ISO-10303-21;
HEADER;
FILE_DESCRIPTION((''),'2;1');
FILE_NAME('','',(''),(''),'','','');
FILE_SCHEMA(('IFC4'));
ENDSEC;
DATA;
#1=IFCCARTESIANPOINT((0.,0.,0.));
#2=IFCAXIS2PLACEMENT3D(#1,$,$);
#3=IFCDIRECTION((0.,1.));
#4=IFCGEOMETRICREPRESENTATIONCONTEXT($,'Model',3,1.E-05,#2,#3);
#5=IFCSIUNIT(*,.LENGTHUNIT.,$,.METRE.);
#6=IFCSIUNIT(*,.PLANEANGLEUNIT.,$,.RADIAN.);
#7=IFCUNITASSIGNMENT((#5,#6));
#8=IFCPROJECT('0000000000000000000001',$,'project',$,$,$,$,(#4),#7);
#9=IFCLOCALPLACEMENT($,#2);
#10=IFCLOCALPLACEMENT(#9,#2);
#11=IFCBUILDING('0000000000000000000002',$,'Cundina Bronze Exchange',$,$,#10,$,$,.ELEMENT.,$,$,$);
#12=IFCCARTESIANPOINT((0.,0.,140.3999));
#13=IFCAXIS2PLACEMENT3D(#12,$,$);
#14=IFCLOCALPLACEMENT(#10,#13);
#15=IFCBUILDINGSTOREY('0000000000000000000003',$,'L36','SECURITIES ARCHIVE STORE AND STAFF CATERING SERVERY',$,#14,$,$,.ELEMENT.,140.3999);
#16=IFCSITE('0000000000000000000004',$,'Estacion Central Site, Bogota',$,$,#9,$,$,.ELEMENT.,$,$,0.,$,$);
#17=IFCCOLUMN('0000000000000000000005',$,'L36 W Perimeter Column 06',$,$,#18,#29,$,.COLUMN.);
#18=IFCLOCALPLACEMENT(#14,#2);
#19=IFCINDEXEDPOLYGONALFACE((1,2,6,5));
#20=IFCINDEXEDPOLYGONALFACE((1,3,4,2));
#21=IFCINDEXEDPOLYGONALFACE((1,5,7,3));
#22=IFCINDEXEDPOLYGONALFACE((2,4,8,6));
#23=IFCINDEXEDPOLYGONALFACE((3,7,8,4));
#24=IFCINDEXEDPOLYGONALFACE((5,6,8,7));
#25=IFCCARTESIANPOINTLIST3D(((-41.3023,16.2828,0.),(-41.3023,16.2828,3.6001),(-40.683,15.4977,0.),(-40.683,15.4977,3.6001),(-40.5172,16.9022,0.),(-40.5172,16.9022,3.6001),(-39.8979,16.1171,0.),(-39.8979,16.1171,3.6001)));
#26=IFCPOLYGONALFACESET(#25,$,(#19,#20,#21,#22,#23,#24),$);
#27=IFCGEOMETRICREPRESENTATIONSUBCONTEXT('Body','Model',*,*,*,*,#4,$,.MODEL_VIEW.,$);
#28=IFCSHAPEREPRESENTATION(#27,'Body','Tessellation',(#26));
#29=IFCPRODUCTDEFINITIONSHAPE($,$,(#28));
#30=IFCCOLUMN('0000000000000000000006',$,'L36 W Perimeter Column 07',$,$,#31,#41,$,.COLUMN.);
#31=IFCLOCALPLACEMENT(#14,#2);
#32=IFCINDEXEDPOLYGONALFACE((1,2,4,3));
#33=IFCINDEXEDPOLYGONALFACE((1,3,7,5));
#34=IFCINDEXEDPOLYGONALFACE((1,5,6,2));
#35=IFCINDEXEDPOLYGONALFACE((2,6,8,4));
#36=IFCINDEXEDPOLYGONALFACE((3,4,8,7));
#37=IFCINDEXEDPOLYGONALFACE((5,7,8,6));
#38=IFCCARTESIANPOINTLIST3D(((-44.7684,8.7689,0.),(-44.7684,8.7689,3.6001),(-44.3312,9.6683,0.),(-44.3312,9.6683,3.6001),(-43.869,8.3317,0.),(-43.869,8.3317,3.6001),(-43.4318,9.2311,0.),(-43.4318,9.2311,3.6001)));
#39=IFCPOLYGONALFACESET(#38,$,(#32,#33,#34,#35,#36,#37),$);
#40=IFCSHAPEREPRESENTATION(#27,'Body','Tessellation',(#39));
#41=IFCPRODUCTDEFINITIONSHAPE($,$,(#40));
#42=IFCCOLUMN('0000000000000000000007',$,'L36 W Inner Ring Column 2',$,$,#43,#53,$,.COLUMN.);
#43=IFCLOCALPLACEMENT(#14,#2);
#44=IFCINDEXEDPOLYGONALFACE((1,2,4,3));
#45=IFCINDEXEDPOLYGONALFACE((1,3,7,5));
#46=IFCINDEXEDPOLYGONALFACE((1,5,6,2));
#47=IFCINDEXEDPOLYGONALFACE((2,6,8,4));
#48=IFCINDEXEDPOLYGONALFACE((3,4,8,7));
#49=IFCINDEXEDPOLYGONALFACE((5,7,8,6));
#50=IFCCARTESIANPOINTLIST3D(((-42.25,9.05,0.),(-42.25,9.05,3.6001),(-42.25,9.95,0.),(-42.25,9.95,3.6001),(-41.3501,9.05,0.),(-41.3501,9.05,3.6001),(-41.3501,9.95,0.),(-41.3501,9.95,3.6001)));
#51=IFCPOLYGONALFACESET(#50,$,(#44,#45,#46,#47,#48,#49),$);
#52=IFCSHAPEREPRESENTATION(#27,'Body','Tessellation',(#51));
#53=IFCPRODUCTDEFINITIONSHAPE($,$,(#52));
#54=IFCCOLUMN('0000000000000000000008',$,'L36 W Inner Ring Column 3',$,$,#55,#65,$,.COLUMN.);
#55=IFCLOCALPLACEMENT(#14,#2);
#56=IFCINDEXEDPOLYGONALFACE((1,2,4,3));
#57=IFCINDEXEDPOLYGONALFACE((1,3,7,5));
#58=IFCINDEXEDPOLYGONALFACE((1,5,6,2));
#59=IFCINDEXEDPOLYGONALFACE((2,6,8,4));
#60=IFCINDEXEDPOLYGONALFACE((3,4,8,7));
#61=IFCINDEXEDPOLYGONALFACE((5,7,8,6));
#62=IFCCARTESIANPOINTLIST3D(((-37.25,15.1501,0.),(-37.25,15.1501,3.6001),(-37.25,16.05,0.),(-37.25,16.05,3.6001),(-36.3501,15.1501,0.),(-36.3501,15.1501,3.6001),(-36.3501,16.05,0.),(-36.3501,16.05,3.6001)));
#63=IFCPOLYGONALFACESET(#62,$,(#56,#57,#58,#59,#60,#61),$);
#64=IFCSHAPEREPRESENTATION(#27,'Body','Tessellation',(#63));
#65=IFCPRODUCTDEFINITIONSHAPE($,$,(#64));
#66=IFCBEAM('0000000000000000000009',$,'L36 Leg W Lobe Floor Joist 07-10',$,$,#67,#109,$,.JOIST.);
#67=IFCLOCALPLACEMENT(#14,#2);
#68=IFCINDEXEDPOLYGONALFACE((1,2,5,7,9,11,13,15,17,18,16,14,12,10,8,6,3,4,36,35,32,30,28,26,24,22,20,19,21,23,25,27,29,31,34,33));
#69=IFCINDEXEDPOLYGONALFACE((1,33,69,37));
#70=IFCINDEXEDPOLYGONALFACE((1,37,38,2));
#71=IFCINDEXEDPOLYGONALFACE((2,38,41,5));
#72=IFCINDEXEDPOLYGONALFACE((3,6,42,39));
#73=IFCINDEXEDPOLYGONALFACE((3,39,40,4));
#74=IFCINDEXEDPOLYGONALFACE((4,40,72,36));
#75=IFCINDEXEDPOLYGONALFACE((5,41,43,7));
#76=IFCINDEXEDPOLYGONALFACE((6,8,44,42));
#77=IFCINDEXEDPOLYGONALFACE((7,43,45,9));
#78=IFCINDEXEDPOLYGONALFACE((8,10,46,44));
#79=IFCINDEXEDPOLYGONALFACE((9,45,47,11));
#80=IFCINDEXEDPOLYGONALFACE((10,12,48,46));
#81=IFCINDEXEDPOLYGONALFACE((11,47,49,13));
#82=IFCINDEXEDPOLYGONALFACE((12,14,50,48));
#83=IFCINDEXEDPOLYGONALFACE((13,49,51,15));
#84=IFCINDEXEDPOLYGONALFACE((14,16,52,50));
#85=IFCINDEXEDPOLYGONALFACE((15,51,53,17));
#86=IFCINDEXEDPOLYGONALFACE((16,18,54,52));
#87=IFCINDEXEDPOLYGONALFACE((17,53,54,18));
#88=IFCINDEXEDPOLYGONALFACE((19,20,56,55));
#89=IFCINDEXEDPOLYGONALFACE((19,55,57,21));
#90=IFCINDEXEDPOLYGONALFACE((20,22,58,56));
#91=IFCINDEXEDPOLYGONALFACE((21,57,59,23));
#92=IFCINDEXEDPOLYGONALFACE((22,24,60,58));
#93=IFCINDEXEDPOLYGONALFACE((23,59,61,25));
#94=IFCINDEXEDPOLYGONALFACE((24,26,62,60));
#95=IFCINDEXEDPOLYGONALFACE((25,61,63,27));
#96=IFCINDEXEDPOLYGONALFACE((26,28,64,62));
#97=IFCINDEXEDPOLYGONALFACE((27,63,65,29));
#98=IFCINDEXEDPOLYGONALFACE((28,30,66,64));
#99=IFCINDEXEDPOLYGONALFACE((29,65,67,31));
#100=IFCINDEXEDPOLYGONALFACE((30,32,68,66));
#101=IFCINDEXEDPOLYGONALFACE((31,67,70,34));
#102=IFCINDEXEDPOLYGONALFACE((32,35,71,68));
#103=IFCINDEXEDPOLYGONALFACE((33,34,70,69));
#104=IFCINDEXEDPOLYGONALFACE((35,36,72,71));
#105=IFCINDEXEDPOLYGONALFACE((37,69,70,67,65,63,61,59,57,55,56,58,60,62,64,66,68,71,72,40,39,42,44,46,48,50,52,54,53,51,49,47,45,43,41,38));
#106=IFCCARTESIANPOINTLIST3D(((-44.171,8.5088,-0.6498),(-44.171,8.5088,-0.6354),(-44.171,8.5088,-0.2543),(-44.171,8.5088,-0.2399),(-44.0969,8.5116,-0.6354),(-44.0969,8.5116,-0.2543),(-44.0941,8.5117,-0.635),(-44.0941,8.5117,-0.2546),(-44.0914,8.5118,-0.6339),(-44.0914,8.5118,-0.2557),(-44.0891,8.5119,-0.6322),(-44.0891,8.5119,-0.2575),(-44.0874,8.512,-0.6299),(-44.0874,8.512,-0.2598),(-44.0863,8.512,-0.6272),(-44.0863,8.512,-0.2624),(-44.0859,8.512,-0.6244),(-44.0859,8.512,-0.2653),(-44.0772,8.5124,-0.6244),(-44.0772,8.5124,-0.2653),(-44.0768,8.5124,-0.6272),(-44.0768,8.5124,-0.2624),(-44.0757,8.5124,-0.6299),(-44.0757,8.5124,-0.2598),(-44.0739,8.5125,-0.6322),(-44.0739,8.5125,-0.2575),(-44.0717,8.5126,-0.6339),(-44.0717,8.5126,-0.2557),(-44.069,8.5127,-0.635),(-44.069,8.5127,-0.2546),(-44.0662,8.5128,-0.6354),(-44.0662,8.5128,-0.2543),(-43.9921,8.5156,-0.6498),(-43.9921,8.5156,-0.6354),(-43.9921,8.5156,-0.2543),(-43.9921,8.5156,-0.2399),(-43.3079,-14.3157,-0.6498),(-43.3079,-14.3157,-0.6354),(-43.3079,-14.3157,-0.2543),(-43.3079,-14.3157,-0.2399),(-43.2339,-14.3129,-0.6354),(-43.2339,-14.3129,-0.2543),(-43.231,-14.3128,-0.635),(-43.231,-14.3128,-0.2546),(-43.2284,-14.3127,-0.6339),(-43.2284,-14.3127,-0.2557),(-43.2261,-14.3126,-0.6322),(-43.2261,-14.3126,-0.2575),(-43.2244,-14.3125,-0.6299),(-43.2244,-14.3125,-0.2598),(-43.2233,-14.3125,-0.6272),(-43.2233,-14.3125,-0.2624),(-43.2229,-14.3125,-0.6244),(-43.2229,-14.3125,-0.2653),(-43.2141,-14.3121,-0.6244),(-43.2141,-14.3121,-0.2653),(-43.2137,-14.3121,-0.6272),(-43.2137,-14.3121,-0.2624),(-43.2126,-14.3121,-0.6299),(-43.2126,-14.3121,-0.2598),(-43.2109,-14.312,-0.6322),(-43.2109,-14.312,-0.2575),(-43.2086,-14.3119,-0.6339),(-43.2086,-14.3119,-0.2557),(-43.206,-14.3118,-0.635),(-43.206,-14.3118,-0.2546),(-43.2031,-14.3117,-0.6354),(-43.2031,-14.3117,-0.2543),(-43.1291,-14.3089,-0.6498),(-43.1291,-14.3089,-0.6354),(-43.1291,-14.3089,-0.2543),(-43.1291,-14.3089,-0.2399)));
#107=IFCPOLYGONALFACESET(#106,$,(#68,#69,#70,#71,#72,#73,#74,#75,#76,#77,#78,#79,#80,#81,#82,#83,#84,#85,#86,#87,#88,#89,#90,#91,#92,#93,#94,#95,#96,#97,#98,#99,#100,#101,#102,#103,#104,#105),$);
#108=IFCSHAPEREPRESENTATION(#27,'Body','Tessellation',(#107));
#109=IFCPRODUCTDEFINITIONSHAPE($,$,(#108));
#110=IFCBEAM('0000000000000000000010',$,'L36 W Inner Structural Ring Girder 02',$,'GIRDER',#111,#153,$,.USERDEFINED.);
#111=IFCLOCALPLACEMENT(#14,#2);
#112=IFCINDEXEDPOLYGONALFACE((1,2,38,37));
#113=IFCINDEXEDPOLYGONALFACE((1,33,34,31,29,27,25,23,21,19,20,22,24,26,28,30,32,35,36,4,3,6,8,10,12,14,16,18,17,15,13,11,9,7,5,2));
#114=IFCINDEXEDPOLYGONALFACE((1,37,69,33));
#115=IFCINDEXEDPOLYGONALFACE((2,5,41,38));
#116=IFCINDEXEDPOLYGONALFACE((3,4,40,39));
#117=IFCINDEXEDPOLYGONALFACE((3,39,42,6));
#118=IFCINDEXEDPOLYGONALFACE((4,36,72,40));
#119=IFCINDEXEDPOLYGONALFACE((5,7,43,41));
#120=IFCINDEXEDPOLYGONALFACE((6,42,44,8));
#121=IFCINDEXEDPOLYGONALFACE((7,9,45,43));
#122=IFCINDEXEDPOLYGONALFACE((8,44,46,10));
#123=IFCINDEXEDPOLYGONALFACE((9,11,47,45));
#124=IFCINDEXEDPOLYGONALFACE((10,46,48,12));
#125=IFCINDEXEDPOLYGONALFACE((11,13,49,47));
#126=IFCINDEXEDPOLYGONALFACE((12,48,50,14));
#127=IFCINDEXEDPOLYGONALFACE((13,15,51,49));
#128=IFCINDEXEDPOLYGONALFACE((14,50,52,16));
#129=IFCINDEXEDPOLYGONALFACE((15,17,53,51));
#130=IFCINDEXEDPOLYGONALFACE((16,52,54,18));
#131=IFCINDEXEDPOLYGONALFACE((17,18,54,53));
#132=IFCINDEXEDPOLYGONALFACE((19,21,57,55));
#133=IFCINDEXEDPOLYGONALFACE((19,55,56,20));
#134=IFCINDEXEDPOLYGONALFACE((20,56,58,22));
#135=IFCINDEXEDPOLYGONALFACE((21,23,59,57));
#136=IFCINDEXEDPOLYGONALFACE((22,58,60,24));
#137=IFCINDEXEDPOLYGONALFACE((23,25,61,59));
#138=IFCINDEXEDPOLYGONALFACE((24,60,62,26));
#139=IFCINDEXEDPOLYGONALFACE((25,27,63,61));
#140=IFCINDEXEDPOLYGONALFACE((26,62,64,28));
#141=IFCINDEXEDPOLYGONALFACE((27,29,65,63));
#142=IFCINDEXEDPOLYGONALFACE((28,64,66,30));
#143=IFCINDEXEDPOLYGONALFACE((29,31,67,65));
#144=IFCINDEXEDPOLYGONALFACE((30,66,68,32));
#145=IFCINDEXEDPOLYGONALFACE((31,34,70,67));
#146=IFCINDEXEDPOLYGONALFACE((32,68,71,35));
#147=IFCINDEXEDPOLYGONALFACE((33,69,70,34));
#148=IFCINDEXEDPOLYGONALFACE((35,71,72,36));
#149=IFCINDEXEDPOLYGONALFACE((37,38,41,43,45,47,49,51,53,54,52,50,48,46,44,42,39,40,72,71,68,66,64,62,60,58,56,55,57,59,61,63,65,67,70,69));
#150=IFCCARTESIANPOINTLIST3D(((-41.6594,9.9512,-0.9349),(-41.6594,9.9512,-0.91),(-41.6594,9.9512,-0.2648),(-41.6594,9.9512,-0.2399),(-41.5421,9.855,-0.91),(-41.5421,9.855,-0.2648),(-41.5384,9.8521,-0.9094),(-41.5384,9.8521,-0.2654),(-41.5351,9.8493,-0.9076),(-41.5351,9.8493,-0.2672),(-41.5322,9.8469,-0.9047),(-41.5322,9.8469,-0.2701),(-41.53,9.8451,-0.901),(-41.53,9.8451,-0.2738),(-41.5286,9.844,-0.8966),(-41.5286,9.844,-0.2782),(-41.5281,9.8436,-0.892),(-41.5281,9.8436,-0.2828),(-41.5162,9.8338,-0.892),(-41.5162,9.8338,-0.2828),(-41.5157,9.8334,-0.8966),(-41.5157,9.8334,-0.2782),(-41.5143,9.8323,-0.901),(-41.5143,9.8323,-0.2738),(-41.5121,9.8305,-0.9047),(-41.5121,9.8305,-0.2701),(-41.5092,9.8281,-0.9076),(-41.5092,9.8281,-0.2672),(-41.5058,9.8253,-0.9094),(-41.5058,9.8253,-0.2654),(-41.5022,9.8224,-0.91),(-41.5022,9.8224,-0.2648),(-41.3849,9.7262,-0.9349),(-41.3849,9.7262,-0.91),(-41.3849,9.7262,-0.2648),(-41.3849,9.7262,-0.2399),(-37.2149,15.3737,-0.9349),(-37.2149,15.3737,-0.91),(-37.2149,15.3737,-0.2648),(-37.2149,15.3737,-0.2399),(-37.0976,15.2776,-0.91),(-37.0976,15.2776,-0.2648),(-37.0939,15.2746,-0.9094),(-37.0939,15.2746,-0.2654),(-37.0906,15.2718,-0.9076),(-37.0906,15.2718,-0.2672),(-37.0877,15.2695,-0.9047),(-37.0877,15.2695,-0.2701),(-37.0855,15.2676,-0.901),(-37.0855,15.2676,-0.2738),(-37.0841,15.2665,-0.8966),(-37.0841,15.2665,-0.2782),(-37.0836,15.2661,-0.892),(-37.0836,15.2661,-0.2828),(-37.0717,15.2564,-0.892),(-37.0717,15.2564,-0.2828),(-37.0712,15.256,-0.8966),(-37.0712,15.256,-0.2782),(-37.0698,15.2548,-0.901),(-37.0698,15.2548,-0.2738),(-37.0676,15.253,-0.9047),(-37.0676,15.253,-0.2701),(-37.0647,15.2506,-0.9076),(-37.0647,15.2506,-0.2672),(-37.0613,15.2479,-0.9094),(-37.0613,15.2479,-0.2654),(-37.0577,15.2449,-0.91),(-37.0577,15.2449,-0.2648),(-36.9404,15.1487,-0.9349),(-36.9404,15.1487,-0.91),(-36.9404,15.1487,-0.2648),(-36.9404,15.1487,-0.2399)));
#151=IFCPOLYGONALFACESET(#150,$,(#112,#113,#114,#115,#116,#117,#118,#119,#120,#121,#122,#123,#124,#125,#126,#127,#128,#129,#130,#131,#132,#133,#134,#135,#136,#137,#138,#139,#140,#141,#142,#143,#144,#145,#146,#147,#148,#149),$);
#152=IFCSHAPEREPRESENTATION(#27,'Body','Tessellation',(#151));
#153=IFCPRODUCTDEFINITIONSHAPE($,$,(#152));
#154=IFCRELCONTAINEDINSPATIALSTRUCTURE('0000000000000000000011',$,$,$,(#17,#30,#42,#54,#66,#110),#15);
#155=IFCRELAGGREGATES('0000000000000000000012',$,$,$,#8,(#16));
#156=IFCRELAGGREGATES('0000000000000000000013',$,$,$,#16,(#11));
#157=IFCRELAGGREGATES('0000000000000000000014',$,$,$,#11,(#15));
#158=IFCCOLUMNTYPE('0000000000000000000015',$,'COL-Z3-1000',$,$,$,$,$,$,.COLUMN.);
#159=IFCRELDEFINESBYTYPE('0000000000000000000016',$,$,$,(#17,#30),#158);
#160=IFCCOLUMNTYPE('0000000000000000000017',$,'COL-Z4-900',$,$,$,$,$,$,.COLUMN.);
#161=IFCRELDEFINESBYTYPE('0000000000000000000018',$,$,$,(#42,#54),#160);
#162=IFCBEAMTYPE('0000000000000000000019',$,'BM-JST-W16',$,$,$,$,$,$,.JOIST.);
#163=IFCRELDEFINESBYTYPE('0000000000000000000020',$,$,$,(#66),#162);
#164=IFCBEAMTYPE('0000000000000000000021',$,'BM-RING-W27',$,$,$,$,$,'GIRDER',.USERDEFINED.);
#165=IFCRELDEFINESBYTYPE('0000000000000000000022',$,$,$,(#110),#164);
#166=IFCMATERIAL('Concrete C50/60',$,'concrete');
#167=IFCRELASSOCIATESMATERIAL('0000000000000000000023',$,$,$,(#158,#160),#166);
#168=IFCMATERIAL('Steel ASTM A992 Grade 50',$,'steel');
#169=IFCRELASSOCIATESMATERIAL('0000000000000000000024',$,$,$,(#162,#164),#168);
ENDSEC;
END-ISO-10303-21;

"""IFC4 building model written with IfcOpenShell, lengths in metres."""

from ifc_helpers import new_model, si_unit, direction, frame, origin, origin_2d, place, context, subcontext, project, spatial, rectangle, i_section, extrude, material, material_profile, profile_set, type_object, element, save


model = new_model("IFC4")

# Units and contexts
model_context = context("Model", 3, precision=1e-05, world=origin(), true_north=direction((0.0, 1.0)))
body_context = subcontext(model_context, "Body", "Model", "MODEL_VIEW")
ifc_project = project(units=[si_unit("LENGTHUNIT", "METRE"), si_unit("PLANEANGLEUNIT", "RADIAN")], contexts=[model_context])

# Site, building, storey
site_placement = place(None, origin())
site = spatial("IfcSite", under=ifc_project, at=site_placement, Name="Estacion Central Site, Bogota", CompositionType="ELEMENT", RefElevation=0.0)
building_placement = place(site_placement, origin())
building = spatial("IfcBuilding", under=site, at=building_placement, Name="Cundina Bronze Exchange", CompositionType="ELEMENT")
storey_placement = place(building_placement, frame((0.0, 0.0, 140.3999)))
storey = spatial("IfcBuildingStorey", under=building, at=storey_placement, Name="L36", Description="SECURITIES ARCHIVE STORE AND STAFF CATERING SERVERY", CompositionType="ELEMENT", Elevation=140.3999)

# Columns
ifc_material_1 = material(Name="Concrete C50/60", Category="concrete")
ifc_material_profile_1 = material_profile(ifc_material_1, rectangle(XDim=1.0, YDim=1.0, at=origin_2d()), Name="RC1000X1000", Category="concrete")
ifc_profile_set_1 = profile_set([ifc_material_profile_1], Name="Concrete C50/60")
column_type_1 = type_object("IfcColumnType", Name="COL-Z3-1000", PredefinedType="COLUMN", material=ifc_profile_set_1)
for number, where, z_axis, x_axis, name in (
    (1, (-40.6001, 16.2, 0.0), (0.0, 0.0, 1.0), (-0.785101, -0.619368, 0.0), "L36 W Perimeter Column 06"),
    (2, (-44.1001, 9.0, 0.0), (0.0, 0.0, 1.0), (-0.437116, -0.899405, 0.0), "L36 W Perimeter Column 07"),
):
    element("IfcColumn", number, at=place(storey_placement, frame(where, z_axis=z_axis, x_axis=x_axis)), inside=storey, type_object=column_type_1, Name=name, PredefinedType="COLUMN", context=body_context, shape_type="SweptSolid", body=[
        extrude(rectangle(XDim=1.0, YDim=1.0, at=origin_2d()), origin(), (0.0, 0.0, 1.0), 3.6001),
    ])
ifc_material_profile_2 = material_profile(ifc_material_1, rectangle(XDim=0.8999, YDim=0.8999, at=origin_2d()), Name="RC900X900", Category="concrete")
ifc_profile_set_2 = profile_set([ifc_material_profile_2], Name="Concrete C50/60")
column_type_2 = type_object("IfcColumnType", Name="COL-Z4-900", PredefinedType="COLUMN", material=ifc_profile_set_2)
for number, where, z_axis, x_axis, name in (
    (3, (-41.8, 9.5, 0.0), (0.0, 0.0, 1.0), (1.0, 0.0, 0.0), "L36 W Inner Ring Column 2"),
    (4, (-36.8, 15.6001, 0.0), (0.0, 0.0, 1.0), (1.0, 0.0, 0.0), "L36 W Inner Ring Column 3"),
):
    element("IfcColumn", number, at=place(storey_placement, frame(where, z_axis=z_axis, x_axis=x_axis)), inside=storey, type_object=column_type_2, Name=name, PredefinedType="COLUMN", context=body_context, shape_type="SweptSolid", body=[
        extrude(rectangle(XDim=0.8999, YDim=0.8999, at=origin_2d()), origin(), (0.0, 0.0, 1.0), 3.6001),
    ])

# Beams
ifc_material_2 = material(Name="Steel ASTM A992 Grade 50", Category="steel")
ifc_material_profile_3 = material_profile(ifc_material_2, i_section(OverallWidth=0.179, OverallDepth=0.4099, WebThickness=0.0088, FlangeThickness=0.0144, FilletRadius=0.011, at=origin_2d()), Name="W16X45", Category="steel")
ifc_profile_set_3 = profile_set([ifc_material_profile_3], Name="Steel ASTM A992 Grade 50")
beam_type_1 = type_object("IfcBeamType", Name="BM-JST-W16", PredefinedType="JOIST", material=ifc_profile_set_3)
beam_1_placement = place(storey_placement, frame((-44.0815, 8.5122, -0.4448), z_axis=(0.037785, -0.999286, 0.0), x_axis=(0.999286, 0.037785, 0.0)))
element("IfcBeam", 5, at=beam_1_placement, inside=storey, type_object=beam_type_1, Name="L36 Leg W Lobe Floor Joist 07-10", PredefinedType="JOIST", context=body_context, shape_type="SweptSolid", body=[
    extrude(i_section(OverallWidth=0.179, OverallDepth=0.4099, WebThickness=0.0088, FlangeThickness=0.0144, FilletRadius=0.011, at=origin_2d()), origin(), (0.0, 0.0, 1.0), 22.8408),
])
ifc_material_profile_4 = material_profile(ifc_material_2, i_section(OverallWidth=0.355, OverallDepth=0.6951, WebThickness=0.0154, FlangeThickness=0.0249, FilletRadius=0.0181, at=origin_2d()), Name="W27X146", Category="steel")
ifc_profile_set_4 = profile_set([ifc_material_profile_4], Name="Steel ASTM A992 Grade 50")
beam_type_2 = type_object("IfcBeamType", Name="BM-RING-W27", ElementType="GIRDER", PredefinedType="USERDEFINED", material=ifc_profile_set_4)
beam_2_placement = place(storey_placement, frame((-37.0776, 15.2612, -0.5874), z_axis=(-0.633913, -0.773405, 0.0), x_axis=(0.773405, -0.633913, 0.0)))
element("IfcBeam", 6, at=beam_2_placement, inside=storey, type_object=beam_type_2, Name="L36 W Inner Structural Ring Girder 02", ObjectType="GIRDER", PredefinedType="USERDEFINED", context=body_context, shape_type="SweptSolid", body=[
    extrude(i_section(OverallWidth=0.355, OverallDepth=0.6951, WebThickness=0.0154, FlangeThickness=0.0249, FilletRadius=0.0181, at=origin_2d()), origin(), (0.0, 0.0, 1.0), 7.0112),
])

save(model, "model.ifc")
